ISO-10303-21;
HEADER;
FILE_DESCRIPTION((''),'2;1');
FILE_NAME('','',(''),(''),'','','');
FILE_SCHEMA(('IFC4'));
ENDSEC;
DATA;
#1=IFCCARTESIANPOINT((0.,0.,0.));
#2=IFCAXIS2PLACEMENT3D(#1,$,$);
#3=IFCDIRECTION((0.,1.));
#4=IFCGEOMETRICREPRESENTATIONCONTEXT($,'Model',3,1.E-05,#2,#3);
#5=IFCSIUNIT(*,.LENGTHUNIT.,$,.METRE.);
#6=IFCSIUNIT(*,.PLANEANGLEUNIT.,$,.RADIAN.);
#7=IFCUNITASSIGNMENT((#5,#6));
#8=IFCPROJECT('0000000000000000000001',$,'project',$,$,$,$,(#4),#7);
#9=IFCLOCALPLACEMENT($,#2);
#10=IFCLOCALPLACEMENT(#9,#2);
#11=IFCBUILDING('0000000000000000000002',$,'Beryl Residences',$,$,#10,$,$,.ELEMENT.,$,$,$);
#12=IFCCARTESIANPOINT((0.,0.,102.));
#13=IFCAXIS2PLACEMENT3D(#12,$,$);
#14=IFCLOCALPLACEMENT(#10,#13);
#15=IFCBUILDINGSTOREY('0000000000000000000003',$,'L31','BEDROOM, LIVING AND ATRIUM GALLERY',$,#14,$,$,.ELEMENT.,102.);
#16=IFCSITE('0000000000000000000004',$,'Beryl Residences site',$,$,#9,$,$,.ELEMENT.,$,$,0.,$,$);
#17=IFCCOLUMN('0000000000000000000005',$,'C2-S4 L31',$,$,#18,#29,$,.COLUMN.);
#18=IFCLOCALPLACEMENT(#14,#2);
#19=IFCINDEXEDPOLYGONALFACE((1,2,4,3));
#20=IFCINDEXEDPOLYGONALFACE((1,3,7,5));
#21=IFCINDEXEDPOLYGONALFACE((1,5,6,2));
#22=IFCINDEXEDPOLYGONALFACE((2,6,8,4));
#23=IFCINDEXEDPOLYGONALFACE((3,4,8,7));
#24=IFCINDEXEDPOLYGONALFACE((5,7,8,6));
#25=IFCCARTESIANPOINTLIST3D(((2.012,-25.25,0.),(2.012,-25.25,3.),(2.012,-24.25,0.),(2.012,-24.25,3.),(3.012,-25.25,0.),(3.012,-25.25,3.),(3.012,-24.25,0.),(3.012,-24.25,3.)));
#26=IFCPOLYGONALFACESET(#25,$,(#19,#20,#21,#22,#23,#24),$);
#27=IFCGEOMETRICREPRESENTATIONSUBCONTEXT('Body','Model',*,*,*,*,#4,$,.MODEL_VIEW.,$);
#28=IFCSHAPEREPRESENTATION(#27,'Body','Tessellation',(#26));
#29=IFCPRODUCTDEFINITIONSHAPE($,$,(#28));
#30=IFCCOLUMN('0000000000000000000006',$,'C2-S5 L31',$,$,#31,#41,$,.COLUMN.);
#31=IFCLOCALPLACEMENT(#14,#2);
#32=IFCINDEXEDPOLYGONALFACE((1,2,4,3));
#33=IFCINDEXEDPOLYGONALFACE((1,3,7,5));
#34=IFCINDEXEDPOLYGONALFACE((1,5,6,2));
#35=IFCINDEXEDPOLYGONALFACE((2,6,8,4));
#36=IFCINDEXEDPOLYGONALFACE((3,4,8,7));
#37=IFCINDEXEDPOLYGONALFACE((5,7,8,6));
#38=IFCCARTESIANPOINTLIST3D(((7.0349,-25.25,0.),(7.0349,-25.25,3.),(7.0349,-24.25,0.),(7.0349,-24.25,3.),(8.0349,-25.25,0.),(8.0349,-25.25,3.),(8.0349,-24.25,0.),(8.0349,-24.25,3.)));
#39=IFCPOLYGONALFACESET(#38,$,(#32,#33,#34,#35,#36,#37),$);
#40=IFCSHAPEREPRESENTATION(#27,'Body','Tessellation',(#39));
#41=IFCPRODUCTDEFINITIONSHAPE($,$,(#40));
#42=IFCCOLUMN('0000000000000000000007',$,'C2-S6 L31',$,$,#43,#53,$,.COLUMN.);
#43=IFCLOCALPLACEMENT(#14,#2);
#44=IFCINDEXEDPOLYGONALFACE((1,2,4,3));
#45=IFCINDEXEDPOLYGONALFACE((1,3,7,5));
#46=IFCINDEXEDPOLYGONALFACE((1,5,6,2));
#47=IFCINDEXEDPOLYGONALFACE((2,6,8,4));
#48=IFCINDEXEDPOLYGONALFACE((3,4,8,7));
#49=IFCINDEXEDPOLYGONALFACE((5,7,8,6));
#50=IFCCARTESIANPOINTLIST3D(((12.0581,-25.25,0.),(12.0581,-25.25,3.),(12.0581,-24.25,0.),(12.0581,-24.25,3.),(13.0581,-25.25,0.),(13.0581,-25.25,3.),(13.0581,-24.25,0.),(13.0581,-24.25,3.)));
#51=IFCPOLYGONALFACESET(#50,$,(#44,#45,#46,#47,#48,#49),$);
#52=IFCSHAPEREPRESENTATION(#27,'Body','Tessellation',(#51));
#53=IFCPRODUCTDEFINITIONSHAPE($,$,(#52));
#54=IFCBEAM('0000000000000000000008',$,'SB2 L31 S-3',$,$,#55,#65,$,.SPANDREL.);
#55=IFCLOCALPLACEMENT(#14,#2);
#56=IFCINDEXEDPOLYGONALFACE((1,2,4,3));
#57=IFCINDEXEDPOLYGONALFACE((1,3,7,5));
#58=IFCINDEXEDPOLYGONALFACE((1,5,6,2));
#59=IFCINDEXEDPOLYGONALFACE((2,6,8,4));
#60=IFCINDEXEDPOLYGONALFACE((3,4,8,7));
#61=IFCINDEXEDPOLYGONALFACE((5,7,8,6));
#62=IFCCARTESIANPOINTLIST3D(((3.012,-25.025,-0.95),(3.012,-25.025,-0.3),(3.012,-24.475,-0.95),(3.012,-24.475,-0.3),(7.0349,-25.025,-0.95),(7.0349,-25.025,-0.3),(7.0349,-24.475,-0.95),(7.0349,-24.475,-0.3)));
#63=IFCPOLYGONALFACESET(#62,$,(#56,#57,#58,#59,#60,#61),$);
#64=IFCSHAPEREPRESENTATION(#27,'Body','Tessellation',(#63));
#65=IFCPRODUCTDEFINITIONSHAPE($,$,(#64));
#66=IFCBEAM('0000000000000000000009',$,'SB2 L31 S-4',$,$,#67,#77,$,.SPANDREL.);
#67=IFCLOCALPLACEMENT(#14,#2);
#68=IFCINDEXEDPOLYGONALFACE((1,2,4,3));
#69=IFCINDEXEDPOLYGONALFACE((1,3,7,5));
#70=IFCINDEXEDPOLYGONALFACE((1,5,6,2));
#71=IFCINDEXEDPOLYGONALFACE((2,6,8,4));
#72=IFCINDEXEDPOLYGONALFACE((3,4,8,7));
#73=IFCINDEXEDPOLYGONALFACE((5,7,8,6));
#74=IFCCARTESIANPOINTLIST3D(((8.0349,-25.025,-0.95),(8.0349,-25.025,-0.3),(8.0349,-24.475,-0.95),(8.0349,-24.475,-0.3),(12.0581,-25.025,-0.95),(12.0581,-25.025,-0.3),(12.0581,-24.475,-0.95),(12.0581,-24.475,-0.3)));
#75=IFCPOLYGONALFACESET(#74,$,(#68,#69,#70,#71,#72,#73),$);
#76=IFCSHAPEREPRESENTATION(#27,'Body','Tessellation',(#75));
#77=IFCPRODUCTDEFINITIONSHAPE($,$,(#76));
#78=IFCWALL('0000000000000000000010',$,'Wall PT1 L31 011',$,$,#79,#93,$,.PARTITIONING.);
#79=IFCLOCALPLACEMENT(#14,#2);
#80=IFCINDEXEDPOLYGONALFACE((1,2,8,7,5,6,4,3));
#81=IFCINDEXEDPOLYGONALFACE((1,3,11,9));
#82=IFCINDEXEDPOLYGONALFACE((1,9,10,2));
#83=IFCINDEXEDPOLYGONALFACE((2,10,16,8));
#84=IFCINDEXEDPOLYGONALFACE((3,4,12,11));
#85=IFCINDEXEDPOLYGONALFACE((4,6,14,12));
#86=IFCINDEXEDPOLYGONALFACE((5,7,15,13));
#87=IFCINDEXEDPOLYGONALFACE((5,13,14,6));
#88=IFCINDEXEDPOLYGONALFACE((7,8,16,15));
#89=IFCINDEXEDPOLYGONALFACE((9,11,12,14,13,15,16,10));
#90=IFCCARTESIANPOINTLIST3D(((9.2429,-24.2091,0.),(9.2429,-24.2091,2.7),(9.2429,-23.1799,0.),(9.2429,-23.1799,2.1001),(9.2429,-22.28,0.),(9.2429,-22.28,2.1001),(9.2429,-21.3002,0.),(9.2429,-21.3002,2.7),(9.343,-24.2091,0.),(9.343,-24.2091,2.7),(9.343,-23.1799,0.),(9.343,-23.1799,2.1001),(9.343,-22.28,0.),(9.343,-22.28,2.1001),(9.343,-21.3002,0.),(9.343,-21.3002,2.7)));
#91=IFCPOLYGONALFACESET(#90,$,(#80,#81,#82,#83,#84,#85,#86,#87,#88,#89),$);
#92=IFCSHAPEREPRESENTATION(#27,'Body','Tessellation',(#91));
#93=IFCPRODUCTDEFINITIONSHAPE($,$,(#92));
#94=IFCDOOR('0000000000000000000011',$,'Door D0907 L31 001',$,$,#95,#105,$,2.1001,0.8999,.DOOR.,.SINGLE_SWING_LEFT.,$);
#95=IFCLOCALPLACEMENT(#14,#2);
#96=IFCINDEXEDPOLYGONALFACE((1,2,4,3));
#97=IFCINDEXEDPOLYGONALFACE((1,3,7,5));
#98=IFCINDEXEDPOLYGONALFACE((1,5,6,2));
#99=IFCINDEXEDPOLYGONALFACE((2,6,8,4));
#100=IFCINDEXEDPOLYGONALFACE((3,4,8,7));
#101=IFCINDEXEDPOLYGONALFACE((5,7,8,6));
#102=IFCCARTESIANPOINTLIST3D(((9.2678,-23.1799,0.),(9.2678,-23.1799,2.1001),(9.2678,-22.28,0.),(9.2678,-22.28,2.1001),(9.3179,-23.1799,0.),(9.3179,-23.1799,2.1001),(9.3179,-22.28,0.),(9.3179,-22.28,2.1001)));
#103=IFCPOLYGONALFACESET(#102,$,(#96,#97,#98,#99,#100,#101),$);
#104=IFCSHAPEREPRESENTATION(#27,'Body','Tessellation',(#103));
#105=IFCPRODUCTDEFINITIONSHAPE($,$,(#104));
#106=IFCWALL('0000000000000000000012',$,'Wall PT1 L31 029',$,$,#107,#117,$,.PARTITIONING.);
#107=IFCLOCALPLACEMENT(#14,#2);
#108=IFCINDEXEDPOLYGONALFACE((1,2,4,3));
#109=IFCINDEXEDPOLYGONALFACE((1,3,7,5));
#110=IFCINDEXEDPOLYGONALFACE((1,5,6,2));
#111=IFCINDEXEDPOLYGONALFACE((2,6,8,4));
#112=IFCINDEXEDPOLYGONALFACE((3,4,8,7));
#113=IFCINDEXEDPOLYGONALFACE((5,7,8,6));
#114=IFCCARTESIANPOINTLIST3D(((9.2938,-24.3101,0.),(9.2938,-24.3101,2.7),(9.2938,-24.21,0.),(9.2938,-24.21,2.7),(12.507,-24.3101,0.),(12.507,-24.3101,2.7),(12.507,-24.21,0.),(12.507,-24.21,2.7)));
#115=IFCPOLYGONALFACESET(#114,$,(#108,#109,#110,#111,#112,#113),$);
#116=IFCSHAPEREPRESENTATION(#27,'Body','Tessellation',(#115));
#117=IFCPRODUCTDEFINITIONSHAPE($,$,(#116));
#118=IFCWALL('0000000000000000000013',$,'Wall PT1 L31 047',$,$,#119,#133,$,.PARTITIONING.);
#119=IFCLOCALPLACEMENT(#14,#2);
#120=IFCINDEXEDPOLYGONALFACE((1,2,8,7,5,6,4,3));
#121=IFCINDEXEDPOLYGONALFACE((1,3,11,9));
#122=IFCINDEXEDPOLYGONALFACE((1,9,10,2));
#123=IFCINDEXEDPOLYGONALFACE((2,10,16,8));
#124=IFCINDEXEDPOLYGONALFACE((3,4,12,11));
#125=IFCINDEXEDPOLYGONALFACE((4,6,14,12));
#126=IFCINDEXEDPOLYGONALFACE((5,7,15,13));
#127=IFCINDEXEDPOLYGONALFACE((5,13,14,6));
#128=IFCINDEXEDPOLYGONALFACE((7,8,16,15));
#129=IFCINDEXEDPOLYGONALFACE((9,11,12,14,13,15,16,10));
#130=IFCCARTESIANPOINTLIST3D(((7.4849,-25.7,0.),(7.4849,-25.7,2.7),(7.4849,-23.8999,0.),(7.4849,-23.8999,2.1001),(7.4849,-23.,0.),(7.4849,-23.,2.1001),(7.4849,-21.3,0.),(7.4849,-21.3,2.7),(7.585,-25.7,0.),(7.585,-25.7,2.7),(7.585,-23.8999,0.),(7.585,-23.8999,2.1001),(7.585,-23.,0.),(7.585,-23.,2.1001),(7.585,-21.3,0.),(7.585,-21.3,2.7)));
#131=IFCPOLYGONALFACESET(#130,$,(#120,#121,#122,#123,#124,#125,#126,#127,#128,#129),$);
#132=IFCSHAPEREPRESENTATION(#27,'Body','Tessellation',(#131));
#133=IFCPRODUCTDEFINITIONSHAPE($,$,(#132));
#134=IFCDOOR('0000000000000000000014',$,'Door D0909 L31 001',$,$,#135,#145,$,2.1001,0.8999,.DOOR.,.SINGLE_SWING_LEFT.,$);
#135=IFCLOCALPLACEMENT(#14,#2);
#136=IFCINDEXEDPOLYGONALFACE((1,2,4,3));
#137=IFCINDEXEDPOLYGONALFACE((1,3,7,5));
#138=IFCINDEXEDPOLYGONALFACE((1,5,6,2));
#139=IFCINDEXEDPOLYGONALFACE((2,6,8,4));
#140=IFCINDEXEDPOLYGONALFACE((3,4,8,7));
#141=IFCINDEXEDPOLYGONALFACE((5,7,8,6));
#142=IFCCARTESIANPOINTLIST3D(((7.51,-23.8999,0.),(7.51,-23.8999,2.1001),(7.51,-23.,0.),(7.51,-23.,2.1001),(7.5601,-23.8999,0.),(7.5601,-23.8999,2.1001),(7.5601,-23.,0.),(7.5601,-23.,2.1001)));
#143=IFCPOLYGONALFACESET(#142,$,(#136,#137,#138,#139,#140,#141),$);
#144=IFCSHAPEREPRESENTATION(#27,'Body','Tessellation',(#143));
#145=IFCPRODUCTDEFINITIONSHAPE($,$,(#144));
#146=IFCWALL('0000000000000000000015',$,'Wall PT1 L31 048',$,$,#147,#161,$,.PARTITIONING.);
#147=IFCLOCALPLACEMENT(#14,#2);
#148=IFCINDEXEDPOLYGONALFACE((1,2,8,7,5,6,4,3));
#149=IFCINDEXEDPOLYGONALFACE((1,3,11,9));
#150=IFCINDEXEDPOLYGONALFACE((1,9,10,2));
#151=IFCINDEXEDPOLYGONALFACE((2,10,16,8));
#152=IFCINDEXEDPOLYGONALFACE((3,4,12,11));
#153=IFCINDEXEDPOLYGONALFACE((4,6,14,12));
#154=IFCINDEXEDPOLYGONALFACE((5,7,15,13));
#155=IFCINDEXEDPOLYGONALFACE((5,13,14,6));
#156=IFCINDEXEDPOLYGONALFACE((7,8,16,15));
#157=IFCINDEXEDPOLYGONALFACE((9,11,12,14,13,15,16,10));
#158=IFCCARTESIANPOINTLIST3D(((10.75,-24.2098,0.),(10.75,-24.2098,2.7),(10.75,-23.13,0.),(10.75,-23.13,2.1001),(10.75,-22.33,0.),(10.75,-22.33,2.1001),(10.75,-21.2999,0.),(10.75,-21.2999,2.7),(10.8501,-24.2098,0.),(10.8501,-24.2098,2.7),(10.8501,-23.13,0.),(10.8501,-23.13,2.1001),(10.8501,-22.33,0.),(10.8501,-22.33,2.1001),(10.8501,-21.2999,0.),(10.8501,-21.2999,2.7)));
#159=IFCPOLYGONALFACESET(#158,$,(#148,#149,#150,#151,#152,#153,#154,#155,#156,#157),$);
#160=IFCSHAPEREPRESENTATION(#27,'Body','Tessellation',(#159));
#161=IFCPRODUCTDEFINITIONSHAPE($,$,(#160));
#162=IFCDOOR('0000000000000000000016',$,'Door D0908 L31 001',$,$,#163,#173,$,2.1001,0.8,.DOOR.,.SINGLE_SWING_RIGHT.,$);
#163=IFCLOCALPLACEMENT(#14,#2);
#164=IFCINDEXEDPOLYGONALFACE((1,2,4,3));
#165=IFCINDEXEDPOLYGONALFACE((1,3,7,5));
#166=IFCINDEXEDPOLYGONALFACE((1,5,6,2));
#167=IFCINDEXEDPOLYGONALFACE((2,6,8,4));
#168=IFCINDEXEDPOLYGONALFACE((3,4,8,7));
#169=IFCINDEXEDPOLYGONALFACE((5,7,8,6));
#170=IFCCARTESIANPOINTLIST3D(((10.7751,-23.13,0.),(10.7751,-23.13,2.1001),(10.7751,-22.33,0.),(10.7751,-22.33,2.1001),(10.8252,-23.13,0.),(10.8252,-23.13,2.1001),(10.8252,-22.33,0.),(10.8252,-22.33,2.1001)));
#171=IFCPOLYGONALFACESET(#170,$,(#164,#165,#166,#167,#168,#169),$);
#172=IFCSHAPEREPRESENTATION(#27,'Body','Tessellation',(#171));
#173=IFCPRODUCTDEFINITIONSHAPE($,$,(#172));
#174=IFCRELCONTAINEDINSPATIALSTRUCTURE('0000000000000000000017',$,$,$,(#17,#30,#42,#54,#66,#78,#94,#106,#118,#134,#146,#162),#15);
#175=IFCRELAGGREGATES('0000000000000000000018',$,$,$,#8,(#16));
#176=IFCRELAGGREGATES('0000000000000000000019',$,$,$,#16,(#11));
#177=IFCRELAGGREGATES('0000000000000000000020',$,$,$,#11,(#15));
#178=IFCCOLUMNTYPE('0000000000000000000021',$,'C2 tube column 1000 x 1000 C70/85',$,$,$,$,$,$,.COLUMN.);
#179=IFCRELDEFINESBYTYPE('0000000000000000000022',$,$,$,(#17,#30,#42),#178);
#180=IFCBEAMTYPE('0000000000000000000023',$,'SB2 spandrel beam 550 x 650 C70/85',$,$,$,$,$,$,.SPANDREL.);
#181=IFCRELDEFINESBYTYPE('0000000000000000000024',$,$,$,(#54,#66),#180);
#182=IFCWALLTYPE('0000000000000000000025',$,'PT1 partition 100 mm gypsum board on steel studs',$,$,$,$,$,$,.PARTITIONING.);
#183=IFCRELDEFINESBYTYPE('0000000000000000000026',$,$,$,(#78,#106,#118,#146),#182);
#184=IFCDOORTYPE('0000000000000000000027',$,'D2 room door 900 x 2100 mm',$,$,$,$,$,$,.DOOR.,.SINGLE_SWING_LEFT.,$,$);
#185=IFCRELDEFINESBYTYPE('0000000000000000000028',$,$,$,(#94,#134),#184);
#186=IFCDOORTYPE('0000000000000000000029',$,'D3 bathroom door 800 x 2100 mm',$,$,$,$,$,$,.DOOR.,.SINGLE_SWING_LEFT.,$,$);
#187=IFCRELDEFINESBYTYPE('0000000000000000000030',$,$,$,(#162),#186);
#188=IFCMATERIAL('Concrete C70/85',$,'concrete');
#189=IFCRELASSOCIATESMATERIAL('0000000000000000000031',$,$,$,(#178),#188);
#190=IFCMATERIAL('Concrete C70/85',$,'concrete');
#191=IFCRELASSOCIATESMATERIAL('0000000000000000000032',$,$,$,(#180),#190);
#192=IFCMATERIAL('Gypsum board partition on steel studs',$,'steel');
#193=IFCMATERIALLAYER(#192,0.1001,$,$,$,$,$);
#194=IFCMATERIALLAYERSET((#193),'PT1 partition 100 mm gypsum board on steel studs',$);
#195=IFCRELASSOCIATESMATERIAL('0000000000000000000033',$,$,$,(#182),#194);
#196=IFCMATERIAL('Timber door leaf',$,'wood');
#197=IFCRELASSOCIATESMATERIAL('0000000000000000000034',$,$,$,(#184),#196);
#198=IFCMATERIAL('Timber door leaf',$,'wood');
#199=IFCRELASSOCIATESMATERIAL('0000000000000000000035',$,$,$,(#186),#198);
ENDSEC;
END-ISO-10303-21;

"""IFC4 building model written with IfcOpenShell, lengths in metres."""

from ifc_helpers import new_model, si_unit, direction, frame, frame_2d, origin, origin_2d, place, context, subcontext, project, spatial, rectangle, extrude, material, layer, layer_set, material_profile, profile_set, type_object, element, fill, save


model = new_model("IFC4")

# Units and contexts
model_context = context("Model", 3, precision=1e-05, world=origin(), true_north=direction((0.0, 1.0)))
body_context = subcontext(model_context, "Body", "Model", "MODEL_VIEW")
ifc_project = project(units=[si_unit("LENGTHUNIT", "METRE"), si_unit("PLANEANGLEUNIT", "RADIAN")], contexts=[model_context])

# Site, building, storey
site_placement = place(None, origin())
site = spatial("IfcSite", under=ifc_project, at=site_placement, Name="Beryl Residences site", CompositionType="ELEMENT", RefElevation=0.0)
building_placement = place(site_placement, origin())
building = spatial("IfcBuilding", under=site, at=building_placement, Name="Beryl Residences", CompositionType="ELEMENT")
storey_placement = place(building_placement, frame((0.0, 0.0, 102.0)))
storey = spatial("IfcBuildingStorey", under=building, at=storey_placement, Name="L31", Description="BEDROOM, LIVING AND ATRIUM GALLERY", CompositionType="ELEMENT", Elevation=102.0)

# Columns
ifc_material_1 = material(Name="Concrete C70/85", Category="concrete")
ifc_material_profile_1 = material_profile(ifc_material_1, rectangle(XDim=1.0, YDim=1.0, at=origin_2d()))
ifc_profile_set_1 = profile_set([ifc_material_profile_1], Name="Concrete C70/85")
column_type = type_object("IfcColumnType", Name="C2 tube column 1000 x 1000 C70/85", PredefinedType="COLUMN", material=ifc_profile_set_1)
for number, where, z_axis, x_axis, name in (
    (1, (2.512, -24.75, 0.0), (0.0, 0.0, 1.0), (1.0, 0.0, 0.0), "C2-S4 L31"),
    (2, (7.5349, -24.75, 0.0), (0.0, 0.0, 1.0), (1.0, 0.0, 0.0), "C2-S5 L31"),
    (3, (12.5581, -24.75, 0.0), (0.0, 0.0, 1.0), (1.0, 0.0, 0.0), "C2-S6 L31"),
):
    element("IfcColumn", number, at=place(storey_placement, frame(where, z_axis=z_axis, x_axis=x_axis)), inside=storey, type_object=column_type, Name=name, PredefinedType="COLUMN", context=body_context, shape_type="SweptSolid", body=[
        extrude(rectangle(XDim=1.0, YDim=1.0, at=origin_2d()), origin(), (0.0, 0.0, 1.0), 3.0),
    ])

# Beams
ifc_material_2 = material(Name="Concrete C70/85", Category="concrete")
ifc_material_profile_2 = material_profile(ifc_material_2, rectangle(XDim=0.55, YDim=0.6499, at=origin_2d()))
ifc_profile_set_2 = profile_set([ifc_material_profile_2], Name="Concrete C70/85")
beam_type = type_object("IfcBeamType", Name="SB2 spandrel beam 550 x 650 C70/85", PredefinedType="SPANDREL", material=ifc_profile_set_2)
beam_1_placement = place(storey_placement, frame((3.012, -24.75, -0.625), z_axis=(1.0, 0.0, 0.0), x_axis=(0.0, 1.0, 0.0)))
element("IfcBeam", 4, at=beam_1_placement, inside=storey, type_object=beam_type, Name="SB2 L31 S-3", PredefinedType="SPANDREL", context=body_context, shape_type="SweptSolid", body=[
    extrude(rectangle(XDim=0.55, YDim=0.6499, at=origin_2d()), origin(), (0.0, 0.0, 1.0), 4.0229),
])
beam_2_placement = place(storey_placement, frame((8.0349, -24.75, -0.625), z_axis=(1.0, 0.0, 0.0), x_axis=(0.0, 1.0, 0.0)))
element("IfcBeam", 5, at=beam_2_placement, inside=storey, type_object=beam_type, Name="SB2 L31 S-4", PredefinedType="SPANDREL", context=body_context, shape_type="SweptSolid", body=[
    extrude(rectangle(XDim=0.55, YDim=0.6499, at=origin_2d()), origin(), (0.0, 0.0, 1.0), 4.0232),
])

# Wall, opening, door
ifc_material_3 = material(Name="Gypsum board partition on steel studs", Category="steel")
ifc_layer_1 = layer(ifc_material_3, 0.1001)
ifc_layer_set_1 = layer_set([ifc_layer_1], Name="PT1 partition 100 mm gypsum board on steel studs")
wall_type_1 = type_object("IfcWallType", Name="PT1 partition 100 mm gypsum board on steel studs", PredefinedType="PARTITIONING", material=ifc_layer_set_1)
wall_1_placement = place(storey_placement, frame((9.293, -21.3, 0.0), z_axis=(0.0, 0.0, 1.0), x_axis=(0.0, -1.0, 0.0)))
wall_1 = element("IfcWall", 6, at=wall_1_placement, inside=storey, type_object=wall_type_1, Name="Wall PT1 L31 011", PredefinedType="PARTITIONING", context=body_context, shape_type="SweptSolid", body=[
    extrude(rectangle(XDim=2.9089, YDim=0.1001, at=frame_2d((1.4546, 0.0))), origin(), (0.0, 0.0, 1.0), 2.7),
])
opening_1_placement = place(wall_1_placement, frame((0.98, 0.0, 0.0)))
opening_1 = element("IfcOpeningElement", 7, at=opening_1_placement, cuts=wall_1, PredefinedType="OPENING", context=body_context, shape_type="SweptSolid", body=[
    extrude(rectangle(XDim=0.8999, YDim=2.1001, at=frame_2d((0.45, 1.05))), frame((0.0, 0.0601, 0.0), z_axis=(0.0, -1.0, 0.0), x_axis=(1.0, 0.0, 0.0)), (0.0, 0.0, 1.0), 0.1201),
])
ifc_material_4 = material(Name="Timber door leaf", Category="wood")
door_type_1 = type_object("IfcDoorType", Name="D2 room door 900 x 2100 mm", OperationType="SINGLE_SWING_LEFT", PredefinedType="DOOR", material=ifc_material_4)
door_1_placement = place(opening_1_placement, origin())
door_1 = element("IfcDoor", 8, at=door_1_placement, inside=storey, type_object=door_type_1, Name="Door D0907 L31 001", OperationType="SINGLE_SWING_LEFT", OverallHeight=2.1001, OverallWidth=0.8999, PredefinedType="DOOR", context=body_context, shape_type="SweptSolid", body=[
    extrude(rectangle(XDim=0.8999, YDim=2.1001, at=frame_2d((0.45, 1.05))), frame((0.0, 0.0249, 0.0), z_axis=(0.0, -1.0, 0.0), x_axis=(1.0, 0.0, 0.0)), (0.0, 0.0, 1.0), 0.05),
])
fill(opening_1, door_1)

# Wall
wall_2_placement = place(storey_placement, frame((9.2939, -24.26, 0.0), z_axis=(0.0, 0.0, 1.0), x_axis=(1.0, 0.0, 0.0)))
element("IfcWall", 9, at=wall_2_placement, inside=storey, type_object=wall_type_1, Name="Wall PT1 L31 029", PredefinedType="PARTITIONING", context=body_context, shape_type="SweptSolid", body=[
    extrude(rectangle(XDim=3.2131, YDim=0.1001, at=frame_2d((1.6064, 0.0))), origin(), (0.0, 0.0, 1.0), 2.7),
])

# Walls, openings, doors
wall_3_placement = place(storey_placement, frame((7.5349, -25.7, 0.0), z_axis=(0.0, 0.0, 1.0), x_axis=(0.0, 1.0, 0.0)))
wall_3 = element("IfcWall", 10, at=wall_3_placement, inside=storey, type_object=wall_type_1, Name="Wall PT1 L31 047", PredefinedType="PARTITIONING", context=body_context, shape_type="SweptSolid", body=[
    extrude(rectangle(XDim=4.3999, YDim=0.1001, at=frame_2d((2.2, 0.0))), origin(), (0.0, 0.0, 1.0), 2.7),
])
opening_2_placement = place(wall_3_placement, frame((1.8, 0.0, 0.0)))
opening_2 = element("IfcOpeningElement", 11, at=opening_2_placement, cuts=wall_3, PredefinedType="OPENING", context=body_context, shape_type="SweptSolid", body=[
    extrude(rectangle(XDim=0.8999, YDim=2.1001, at=frame_2d((0.45, 1.05))), frame((0.0, 0.0601, 0.0), z_axis=(0.0, -1.0, 0.0), x_axis=(1.0, 0.0, 0.0)), (0.0, 0.0, 1.0), 0.1201),
])
door_2_placement = place(opening_2_placement, origin())
door_2 = element("IfcDoor", 12, at=door_2_placement, inside=storey, type_object=door_type_1, Name="Door D0909 L31 001", OperationType="SINGLE_SWING_LEFT", OverallHeight=2.1001, OverallWidth=0.8999, PredefinedType="DOOR", context=body_context, shape_type="SweptSolid", body=[
    extrude(rectangle(XDim=0.8999, YDim=2.1001, at=frame_2d((0.45, 1.05))), frame((0.0, 0.0249, 0.0), z_axis=(0.0, -1.0, 0.0), x_axis=(1.0, 0.0, 0.0)), (0.0, 0.0, 1.0), 0.05),
])
fill(opening_2, door_2)
wall_4_placement = place(storey_placement, frame((10.8, -24.21, 0.0), z_axis=(0.0, 0.0, 1.0), x_axis=(0.0, 1.0, 0.0)))
wall_4 = element("IfcWall", 13, at=wall_4_placement, inside=storey, type_object=wall_type_1, Name="Wall PT1 L31 048", PredefinedType="PARTITIONING", context=body_context, shape_type="SweptSolid", body=[
    extrude(rectangle(XDim=2.9099, YDim=0.1001, at=frame_2d((1.4551, 0.0))), origin(), (0.0, 0.0, 1.0), 2.7),
])
opening_3_placement = place(wall_4_placement, frame((1.0801, 0.0, 0.0)))
opening_3 = element("IfcOpeningElement", 14, at=opening_3_placement, cuts=wall_4, PredefinedType="OPENING", context=body_context, shape_type="SweptSolid", body=[
    extrude(rectangle(XDim=0.8, YDim=2.1001, at=frame_2d((0.3999, 1.05))), frame((0.0, 0.0601, 0.0), z_axis=(0.0, -1.0, 0.0), x_axis=(1.0, 0.0, 0.0)), (0.0, 0.0, 1.0), 0.1201),
])
ifc_material_5 = material(Name="Timber door leaf", Category="wood")
door_type_2 = type_object("IfcDoorType", Name="D3 bathroom door 800 x 2100 mm", OperationType="SINGLE_SWING_LEFT", PredefinedType="DOOR", material=ifc_material_5)
door_3_placement = place(opening_3_placement, origin())
door_3 = element("IfcDoor", 15, at=door_3_placement, inside=storey, type_object=door_type_2, Name="Door D0908 L31 001", OperationType="SINGLE_SWING_RIGHT", OverallHeight=2.1001, OverallWidth=0.8, PredefinedType="DOOR", context=body_context, shape_type="SweptSolid", body=[
    extrude(rectangle(XDim=0.8, YDim=2.1001, at=frame_2d((0.3999, 1.05))), frame((0.0, 0.0249, 0.0), z_axis=(0.0, -1.0, 0.0), x_axis=(1.0, 0.0, 0.0)), (0.0, 0.0, 1.0), 0.05),
])
fill(opening_3, door_3)

save(model, "model.ifc")
